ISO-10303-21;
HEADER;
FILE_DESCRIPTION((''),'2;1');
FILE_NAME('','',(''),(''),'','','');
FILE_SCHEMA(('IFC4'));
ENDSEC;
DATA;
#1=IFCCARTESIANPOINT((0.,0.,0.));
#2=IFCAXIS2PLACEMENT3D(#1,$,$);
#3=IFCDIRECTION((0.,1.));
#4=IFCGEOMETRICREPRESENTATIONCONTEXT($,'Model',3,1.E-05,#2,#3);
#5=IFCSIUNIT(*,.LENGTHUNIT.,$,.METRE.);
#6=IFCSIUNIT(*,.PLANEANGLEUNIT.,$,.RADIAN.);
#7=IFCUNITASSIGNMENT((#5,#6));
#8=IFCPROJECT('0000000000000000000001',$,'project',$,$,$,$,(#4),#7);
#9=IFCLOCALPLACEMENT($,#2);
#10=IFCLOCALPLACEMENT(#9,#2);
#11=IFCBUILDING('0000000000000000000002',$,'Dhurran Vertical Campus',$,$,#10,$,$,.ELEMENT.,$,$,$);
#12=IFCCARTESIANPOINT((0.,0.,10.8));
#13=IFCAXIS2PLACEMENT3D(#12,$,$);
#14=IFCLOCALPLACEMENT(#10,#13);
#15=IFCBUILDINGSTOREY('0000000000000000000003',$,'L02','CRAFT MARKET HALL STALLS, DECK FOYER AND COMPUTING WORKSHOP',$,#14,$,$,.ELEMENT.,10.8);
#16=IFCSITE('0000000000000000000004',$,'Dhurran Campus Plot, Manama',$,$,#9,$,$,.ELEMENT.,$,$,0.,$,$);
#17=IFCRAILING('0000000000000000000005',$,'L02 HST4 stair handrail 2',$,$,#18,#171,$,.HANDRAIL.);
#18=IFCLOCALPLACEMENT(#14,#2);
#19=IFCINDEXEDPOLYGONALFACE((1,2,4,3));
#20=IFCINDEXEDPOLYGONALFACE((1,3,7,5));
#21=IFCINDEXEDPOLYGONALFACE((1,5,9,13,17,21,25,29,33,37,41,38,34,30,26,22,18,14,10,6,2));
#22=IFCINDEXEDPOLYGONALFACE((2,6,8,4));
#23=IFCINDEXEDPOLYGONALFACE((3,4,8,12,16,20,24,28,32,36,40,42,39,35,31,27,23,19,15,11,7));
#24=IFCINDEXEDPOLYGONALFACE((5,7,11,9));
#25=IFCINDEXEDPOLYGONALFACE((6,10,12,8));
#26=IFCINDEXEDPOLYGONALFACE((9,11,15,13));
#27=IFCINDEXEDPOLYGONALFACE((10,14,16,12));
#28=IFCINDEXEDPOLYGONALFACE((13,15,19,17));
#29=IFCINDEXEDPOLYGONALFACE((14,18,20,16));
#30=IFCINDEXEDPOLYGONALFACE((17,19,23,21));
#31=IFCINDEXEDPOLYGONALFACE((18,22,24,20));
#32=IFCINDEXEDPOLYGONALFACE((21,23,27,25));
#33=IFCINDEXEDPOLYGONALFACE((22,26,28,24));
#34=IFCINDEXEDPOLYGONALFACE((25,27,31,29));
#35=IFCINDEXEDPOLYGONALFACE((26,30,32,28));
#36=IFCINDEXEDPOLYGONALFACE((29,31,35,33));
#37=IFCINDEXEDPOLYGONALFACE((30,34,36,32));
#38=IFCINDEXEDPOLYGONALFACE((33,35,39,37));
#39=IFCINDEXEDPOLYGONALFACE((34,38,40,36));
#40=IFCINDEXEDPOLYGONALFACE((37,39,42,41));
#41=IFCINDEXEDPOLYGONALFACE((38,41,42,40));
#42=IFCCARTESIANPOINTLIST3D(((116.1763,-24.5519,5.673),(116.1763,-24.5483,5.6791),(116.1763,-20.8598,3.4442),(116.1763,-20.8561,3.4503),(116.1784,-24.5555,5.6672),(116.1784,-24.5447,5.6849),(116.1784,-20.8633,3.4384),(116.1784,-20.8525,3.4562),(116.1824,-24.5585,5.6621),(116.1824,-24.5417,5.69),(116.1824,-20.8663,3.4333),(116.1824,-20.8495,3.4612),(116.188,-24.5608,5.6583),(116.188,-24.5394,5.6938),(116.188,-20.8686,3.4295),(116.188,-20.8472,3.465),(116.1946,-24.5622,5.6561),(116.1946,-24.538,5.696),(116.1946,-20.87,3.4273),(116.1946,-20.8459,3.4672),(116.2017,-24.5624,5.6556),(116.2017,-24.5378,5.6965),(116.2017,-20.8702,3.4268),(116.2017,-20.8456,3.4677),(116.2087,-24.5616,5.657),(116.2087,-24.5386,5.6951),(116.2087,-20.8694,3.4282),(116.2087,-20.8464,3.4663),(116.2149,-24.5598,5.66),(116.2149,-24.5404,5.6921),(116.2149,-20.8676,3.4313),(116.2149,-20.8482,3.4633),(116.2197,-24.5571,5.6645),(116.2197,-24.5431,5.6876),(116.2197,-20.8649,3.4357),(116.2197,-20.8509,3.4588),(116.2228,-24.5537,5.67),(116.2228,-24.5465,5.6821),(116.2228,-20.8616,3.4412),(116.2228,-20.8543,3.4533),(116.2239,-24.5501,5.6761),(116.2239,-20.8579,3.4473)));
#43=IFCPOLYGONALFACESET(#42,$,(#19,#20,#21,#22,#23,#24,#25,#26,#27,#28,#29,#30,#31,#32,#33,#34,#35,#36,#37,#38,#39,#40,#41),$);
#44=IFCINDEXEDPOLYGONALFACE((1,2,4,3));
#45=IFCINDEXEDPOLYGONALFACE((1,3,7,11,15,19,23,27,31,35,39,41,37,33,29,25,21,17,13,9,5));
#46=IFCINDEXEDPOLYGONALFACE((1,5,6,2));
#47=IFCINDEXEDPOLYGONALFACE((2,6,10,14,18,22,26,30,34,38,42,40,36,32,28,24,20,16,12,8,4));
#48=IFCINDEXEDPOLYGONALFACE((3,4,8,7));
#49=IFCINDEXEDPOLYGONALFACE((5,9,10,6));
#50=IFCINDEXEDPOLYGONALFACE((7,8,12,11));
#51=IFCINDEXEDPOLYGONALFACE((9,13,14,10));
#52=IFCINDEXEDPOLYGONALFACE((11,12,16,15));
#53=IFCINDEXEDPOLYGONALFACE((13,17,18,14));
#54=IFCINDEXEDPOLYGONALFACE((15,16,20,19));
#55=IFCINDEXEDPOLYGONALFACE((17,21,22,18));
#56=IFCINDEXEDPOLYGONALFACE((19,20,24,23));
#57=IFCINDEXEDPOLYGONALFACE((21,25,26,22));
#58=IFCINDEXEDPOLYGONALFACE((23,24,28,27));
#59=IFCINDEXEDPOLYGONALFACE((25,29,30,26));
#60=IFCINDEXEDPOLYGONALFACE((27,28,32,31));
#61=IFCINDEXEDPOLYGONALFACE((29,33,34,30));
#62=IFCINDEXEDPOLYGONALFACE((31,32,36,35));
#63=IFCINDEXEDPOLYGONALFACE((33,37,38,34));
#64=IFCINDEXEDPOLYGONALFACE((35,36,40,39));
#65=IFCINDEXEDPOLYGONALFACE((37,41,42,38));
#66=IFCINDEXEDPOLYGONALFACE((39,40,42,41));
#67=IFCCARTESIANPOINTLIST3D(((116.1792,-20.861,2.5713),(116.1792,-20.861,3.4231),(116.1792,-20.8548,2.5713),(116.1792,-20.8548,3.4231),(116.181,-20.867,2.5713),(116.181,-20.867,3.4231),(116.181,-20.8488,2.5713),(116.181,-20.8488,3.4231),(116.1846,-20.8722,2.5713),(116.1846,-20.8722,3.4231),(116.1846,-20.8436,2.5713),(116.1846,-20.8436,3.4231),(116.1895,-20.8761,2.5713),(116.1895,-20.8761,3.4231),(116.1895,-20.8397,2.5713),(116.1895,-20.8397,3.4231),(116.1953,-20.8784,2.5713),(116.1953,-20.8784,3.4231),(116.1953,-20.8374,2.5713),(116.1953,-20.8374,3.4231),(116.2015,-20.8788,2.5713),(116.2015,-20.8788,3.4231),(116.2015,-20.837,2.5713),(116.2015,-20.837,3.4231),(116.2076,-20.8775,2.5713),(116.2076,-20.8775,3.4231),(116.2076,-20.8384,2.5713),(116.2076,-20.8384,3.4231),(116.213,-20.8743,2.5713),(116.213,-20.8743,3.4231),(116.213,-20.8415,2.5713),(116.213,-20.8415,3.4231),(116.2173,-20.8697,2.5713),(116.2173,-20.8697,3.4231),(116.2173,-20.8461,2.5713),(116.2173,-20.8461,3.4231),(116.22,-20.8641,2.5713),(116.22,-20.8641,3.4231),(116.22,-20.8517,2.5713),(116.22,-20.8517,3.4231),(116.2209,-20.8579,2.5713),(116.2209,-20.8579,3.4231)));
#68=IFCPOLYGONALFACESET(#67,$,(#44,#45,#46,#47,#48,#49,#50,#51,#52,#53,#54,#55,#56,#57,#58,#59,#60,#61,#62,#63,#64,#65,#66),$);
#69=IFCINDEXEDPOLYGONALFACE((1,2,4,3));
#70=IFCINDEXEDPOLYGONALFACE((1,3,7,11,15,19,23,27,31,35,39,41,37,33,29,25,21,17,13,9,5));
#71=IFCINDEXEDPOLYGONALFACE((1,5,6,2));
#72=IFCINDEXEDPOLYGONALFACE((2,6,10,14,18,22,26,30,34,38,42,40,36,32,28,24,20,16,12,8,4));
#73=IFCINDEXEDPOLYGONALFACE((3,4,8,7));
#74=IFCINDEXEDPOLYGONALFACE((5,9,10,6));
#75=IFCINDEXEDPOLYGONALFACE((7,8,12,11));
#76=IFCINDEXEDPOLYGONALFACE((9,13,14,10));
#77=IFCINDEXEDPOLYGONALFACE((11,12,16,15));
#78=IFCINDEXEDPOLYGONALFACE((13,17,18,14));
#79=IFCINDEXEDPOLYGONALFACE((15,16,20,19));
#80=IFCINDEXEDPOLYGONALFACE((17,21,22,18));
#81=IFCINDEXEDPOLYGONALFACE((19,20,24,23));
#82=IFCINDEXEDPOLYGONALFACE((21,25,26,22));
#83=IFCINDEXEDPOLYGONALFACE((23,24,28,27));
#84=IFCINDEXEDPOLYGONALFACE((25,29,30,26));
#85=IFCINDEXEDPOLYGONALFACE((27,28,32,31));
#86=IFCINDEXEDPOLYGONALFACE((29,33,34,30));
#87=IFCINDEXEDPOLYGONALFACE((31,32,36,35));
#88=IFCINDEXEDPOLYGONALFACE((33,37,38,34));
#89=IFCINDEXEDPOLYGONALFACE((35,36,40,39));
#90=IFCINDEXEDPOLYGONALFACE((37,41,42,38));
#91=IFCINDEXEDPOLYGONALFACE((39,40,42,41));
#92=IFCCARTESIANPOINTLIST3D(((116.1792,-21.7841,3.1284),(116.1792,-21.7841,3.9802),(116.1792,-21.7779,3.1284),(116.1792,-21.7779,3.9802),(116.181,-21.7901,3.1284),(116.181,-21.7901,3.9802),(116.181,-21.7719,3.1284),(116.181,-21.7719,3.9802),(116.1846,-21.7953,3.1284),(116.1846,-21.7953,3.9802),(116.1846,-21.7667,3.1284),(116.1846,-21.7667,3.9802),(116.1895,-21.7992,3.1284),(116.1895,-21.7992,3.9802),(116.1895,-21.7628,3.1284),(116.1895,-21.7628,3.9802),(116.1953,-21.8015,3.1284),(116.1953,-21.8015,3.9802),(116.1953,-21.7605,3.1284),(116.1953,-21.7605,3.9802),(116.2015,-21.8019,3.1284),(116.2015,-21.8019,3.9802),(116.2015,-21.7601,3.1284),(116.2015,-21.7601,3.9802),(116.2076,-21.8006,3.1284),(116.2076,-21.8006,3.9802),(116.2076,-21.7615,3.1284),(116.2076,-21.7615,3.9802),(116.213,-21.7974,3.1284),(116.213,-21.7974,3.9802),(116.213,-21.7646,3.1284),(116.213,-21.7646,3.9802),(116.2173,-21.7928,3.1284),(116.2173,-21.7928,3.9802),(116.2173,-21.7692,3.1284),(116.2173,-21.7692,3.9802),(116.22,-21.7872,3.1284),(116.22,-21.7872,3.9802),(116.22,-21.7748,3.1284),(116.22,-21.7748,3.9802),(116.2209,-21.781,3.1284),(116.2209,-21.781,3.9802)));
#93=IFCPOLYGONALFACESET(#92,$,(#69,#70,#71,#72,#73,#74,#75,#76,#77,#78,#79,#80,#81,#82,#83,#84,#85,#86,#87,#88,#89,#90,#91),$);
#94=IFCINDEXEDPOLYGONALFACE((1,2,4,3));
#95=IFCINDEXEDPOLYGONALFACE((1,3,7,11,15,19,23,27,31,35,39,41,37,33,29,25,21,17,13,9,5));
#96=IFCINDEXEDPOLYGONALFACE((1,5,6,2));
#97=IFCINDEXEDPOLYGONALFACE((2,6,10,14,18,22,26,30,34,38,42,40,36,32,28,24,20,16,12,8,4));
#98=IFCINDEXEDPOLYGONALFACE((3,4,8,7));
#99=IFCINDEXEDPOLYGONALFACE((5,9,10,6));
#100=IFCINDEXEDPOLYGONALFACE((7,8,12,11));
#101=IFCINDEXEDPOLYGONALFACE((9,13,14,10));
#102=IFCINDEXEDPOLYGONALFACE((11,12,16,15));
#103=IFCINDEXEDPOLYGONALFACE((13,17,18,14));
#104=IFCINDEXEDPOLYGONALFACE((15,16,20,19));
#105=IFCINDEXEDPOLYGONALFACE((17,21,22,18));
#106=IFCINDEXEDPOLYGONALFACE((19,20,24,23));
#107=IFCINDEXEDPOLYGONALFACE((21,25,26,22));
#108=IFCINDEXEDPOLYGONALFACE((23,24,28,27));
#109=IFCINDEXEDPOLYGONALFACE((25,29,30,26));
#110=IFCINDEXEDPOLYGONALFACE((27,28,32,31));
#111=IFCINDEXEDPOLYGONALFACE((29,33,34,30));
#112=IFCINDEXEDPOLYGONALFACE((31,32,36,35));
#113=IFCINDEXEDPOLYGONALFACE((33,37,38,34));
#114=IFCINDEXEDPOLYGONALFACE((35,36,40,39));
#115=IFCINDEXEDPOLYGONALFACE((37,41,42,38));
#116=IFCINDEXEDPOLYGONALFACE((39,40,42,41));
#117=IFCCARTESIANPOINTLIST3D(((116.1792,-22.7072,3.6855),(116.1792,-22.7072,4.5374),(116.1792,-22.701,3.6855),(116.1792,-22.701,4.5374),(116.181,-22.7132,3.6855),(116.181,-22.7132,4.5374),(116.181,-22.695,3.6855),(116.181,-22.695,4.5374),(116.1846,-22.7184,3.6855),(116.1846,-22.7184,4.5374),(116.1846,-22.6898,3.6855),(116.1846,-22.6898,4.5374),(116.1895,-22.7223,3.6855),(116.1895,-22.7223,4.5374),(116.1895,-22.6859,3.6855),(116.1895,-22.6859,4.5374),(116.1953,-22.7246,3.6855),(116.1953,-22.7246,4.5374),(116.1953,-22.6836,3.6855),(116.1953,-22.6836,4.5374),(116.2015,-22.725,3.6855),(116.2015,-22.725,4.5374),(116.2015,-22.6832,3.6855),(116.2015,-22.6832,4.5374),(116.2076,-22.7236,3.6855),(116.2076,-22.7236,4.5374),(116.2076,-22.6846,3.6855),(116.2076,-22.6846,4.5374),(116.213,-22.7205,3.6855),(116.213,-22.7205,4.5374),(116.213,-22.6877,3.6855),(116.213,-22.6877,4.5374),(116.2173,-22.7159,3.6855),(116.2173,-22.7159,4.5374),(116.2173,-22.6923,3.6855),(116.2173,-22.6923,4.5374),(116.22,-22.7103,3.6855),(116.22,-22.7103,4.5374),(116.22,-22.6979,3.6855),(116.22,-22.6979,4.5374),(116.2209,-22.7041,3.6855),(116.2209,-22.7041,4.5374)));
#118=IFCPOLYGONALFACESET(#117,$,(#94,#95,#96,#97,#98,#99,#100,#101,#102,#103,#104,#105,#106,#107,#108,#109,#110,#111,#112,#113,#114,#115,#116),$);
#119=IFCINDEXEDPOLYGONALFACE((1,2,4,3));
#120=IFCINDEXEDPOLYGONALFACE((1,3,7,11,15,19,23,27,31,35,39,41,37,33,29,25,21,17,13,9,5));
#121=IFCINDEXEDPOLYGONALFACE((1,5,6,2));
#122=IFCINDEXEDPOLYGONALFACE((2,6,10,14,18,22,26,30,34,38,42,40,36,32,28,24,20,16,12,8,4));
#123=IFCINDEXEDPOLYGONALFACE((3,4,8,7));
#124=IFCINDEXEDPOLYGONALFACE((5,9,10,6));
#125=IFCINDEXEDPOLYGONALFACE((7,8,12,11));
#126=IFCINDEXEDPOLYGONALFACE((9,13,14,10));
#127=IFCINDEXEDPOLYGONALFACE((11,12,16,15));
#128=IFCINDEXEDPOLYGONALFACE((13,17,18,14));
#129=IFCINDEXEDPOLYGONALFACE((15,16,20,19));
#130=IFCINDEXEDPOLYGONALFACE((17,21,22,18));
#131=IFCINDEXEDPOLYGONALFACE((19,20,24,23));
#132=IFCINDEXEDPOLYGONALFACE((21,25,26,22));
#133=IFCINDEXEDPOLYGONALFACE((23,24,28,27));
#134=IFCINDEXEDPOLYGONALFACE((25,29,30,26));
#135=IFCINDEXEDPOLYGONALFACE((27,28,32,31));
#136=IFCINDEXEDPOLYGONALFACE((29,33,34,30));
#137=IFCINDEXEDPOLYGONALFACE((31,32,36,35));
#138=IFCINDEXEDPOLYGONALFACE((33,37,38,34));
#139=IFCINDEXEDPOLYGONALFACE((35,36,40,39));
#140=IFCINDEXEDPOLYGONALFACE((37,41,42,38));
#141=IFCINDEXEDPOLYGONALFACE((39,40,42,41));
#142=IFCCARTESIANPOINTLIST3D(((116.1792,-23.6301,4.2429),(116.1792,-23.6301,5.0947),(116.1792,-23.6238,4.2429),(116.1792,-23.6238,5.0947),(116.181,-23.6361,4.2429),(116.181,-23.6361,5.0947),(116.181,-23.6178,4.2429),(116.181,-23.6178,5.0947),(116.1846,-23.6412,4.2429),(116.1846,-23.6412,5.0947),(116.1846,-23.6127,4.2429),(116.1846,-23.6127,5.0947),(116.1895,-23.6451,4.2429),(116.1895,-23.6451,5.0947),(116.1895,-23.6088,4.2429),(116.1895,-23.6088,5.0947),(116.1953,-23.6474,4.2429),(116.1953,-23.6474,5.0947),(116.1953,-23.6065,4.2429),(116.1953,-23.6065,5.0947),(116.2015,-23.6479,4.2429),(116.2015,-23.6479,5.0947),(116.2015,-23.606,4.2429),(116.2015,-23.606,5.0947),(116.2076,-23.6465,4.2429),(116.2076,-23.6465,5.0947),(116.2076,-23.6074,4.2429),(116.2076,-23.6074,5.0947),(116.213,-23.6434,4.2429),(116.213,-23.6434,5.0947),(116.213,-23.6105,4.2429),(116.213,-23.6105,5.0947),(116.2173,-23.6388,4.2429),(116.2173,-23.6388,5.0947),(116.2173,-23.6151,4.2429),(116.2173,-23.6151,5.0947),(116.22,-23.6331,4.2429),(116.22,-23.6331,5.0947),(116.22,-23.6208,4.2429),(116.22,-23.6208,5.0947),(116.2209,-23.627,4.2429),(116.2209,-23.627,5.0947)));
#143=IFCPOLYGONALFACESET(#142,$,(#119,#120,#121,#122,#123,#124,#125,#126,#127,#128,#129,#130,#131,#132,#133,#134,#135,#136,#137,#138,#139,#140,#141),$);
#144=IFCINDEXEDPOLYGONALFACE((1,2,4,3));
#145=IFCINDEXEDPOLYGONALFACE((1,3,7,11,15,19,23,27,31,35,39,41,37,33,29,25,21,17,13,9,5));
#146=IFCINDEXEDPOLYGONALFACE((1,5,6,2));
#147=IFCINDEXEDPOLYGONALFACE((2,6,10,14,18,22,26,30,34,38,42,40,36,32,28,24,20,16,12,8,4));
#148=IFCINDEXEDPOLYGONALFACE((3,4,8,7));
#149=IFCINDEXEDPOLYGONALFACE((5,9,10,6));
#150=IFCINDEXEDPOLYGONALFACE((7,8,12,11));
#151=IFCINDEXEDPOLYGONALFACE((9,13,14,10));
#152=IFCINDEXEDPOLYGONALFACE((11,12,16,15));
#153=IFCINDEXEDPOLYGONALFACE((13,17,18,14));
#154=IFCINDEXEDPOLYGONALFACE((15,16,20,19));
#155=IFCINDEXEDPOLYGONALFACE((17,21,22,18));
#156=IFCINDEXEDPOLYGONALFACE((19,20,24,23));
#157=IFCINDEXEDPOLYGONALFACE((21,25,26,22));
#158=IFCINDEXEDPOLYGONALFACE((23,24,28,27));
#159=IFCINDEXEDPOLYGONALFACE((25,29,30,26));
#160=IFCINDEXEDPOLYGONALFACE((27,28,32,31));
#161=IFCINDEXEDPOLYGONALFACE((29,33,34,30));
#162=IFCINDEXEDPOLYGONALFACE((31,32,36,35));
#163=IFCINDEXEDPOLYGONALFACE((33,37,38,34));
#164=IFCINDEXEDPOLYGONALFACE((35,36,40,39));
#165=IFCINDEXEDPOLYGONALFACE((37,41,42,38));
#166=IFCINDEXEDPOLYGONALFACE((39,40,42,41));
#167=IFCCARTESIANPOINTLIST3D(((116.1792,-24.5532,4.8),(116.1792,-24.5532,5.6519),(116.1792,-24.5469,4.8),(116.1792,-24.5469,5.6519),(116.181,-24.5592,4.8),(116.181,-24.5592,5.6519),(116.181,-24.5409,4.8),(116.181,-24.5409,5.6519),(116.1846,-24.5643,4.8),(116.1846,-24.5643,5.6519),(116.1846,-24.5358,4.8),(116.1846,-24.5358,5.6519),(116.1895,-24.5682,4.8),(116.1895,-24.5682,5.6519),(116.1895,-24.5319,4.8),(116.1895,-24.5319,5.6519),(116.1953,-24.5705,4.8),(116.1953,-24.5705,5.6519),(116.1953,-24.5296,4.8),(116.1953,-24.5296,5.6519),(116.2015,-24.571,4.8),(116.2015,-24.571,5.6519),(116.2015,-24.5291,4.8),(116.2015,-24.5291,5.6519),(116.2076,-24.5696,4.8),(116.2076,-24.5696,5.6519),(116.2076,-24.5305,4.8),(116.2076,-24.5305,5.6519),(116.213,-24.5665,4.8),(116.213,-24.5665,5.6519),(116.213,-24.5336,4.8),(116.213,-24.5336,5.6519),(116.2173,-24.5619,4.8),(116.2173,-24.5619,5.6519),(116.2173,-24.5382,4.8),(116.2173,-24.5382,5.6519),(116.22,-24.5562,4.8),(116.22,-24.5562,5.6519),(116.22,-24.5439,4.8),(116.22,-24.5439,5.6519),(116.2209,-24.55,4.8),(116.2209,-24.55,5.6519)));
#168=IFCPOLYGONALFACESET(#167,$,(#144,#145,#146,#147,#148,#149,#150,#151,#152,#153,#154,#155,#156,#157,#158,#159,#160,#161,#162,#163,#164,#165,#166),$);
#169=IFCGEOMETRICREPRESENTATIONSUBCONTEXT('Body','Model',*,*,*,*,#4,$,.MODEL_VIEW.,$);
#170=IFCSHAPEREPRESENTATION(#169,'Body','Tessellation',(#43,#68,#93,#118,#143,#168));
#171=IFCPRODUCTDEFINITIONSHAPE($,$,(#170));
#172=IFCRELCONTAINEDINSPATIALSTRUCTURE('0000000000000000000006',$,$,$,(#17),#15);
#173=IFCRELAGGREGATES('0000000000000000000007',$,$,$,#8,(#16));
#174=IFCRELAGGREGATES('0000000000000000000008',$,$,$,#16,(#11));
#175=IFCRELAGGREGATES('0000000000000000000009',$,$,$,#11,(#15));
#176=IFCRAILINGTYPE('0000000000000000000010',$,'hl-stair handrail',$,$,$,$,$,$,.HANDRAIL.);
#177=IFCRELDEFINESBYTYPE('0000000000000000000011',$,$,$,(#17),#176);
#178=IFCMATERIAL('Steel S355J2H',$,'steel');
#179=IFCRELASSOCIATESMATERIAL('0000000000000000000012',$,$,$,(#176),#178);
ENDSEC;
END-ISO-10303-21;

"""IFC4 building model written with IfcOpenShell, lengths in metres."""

from ifc_helpers import new_model, si_unit, direction, frame, origin, origin_2d, place, context, subcontext, project, spatial, circle, extrude, material, type_object, element, save


model = new_model("IFC4")

# Units and contexts
model_context = context("Model", 3, precision=1e-05, world=origin(), true_north=direction((0.0, 1.0)))
body_context = subcontext(model_context, "Body", "Model", "MODEL_VIEW")
ifc_project = project(units=[si_unit("LENGTHUNIT", "METRE"), si_unit("PLANEANGLEUNIT", "RADIAN")], contexts=[model_context])

# Site, building, storey
site_placement = place(None, origin())
site = spatial("IfcSite", under=ifc_project, at=site_placement, Name="Dhurran Campus Plot, Manama", CompositionType="ELEMENT", RefElevation=0.0)
building_placement = place(site_placement, origin())
building = spatial("IfcBuilding", under=site, at=building_placement, Name="Dhurran Vertical Campus", CompositionType="ELEMENT")
storey_placement = place(building_placement, frame((0.0, 0.0, 10.8)))
storey = spatial("IfcBuildingStorey", under=building, at=storey_placement, Name="L02", Description="CRAFT MARKET HALL STALLS, DECK FOYER AND COMPUTING WORKSHOP", CompositionType="ELEMENT", Elevation=10.8)

# Railing
ifc_material_1 = material(Name="Steel S355J2H", Category="steel")
railing_type_1 = type_object("IfcRailingType", Name="hl-stair handrail", PredefinedType="HANDRAIL", material=ifc_material_1)
railing_1_placement = place(storey_placement, frame((116.2, -20.8579, 2.5713)))
element("IfcRailing", 1, at=railing_1_placement, inside=storey, type_object=railing_type_1, Name="L02 HST4 stair handrail 2", PredefinedType="HANDRAIL", context=body_context, shape_type="SweptSolid", body=[
    extrude(circle(Radius=0.0239, at=origin_2d()), frame((0.0, 0.0, 0.876), z_axis=(0.0, -0.856111, 0.516792), x_axis=(1.0, 0.0, 0.0)), (0.0, 0.0, 1.0), 4.3127),
    extrude(circle(Radius=0.021, at=origin_2d()), origin(), (0.0, 0.0, 1.0), 0.8518),
    extrude(circle(Radius=0.021, at=origin_2d()), frame((0.0, -0.9231, 0.5571)), (0.0, 0.0, 1.0), 0.8518),
    extrude(circle(Radius=0.021, at=origin_2d()), frame((0.0, -1.8462, 1.1143)), (0.0, 0.0, 1.0), 0.8518),
    extrude(circle(Radius=0.021, at=origin_2d()), frame((0.0, -2.769, 1.6716)), (0.0, 0.0, 1.0), 0.8518),
    extrude(circle(Radius=0.021, at=origin_2d()), frame((0.0, -3.6921, 2.2288)), (0.0, 0.0, 1.0), 0.8518),
])

save(model, "model.ifc")
